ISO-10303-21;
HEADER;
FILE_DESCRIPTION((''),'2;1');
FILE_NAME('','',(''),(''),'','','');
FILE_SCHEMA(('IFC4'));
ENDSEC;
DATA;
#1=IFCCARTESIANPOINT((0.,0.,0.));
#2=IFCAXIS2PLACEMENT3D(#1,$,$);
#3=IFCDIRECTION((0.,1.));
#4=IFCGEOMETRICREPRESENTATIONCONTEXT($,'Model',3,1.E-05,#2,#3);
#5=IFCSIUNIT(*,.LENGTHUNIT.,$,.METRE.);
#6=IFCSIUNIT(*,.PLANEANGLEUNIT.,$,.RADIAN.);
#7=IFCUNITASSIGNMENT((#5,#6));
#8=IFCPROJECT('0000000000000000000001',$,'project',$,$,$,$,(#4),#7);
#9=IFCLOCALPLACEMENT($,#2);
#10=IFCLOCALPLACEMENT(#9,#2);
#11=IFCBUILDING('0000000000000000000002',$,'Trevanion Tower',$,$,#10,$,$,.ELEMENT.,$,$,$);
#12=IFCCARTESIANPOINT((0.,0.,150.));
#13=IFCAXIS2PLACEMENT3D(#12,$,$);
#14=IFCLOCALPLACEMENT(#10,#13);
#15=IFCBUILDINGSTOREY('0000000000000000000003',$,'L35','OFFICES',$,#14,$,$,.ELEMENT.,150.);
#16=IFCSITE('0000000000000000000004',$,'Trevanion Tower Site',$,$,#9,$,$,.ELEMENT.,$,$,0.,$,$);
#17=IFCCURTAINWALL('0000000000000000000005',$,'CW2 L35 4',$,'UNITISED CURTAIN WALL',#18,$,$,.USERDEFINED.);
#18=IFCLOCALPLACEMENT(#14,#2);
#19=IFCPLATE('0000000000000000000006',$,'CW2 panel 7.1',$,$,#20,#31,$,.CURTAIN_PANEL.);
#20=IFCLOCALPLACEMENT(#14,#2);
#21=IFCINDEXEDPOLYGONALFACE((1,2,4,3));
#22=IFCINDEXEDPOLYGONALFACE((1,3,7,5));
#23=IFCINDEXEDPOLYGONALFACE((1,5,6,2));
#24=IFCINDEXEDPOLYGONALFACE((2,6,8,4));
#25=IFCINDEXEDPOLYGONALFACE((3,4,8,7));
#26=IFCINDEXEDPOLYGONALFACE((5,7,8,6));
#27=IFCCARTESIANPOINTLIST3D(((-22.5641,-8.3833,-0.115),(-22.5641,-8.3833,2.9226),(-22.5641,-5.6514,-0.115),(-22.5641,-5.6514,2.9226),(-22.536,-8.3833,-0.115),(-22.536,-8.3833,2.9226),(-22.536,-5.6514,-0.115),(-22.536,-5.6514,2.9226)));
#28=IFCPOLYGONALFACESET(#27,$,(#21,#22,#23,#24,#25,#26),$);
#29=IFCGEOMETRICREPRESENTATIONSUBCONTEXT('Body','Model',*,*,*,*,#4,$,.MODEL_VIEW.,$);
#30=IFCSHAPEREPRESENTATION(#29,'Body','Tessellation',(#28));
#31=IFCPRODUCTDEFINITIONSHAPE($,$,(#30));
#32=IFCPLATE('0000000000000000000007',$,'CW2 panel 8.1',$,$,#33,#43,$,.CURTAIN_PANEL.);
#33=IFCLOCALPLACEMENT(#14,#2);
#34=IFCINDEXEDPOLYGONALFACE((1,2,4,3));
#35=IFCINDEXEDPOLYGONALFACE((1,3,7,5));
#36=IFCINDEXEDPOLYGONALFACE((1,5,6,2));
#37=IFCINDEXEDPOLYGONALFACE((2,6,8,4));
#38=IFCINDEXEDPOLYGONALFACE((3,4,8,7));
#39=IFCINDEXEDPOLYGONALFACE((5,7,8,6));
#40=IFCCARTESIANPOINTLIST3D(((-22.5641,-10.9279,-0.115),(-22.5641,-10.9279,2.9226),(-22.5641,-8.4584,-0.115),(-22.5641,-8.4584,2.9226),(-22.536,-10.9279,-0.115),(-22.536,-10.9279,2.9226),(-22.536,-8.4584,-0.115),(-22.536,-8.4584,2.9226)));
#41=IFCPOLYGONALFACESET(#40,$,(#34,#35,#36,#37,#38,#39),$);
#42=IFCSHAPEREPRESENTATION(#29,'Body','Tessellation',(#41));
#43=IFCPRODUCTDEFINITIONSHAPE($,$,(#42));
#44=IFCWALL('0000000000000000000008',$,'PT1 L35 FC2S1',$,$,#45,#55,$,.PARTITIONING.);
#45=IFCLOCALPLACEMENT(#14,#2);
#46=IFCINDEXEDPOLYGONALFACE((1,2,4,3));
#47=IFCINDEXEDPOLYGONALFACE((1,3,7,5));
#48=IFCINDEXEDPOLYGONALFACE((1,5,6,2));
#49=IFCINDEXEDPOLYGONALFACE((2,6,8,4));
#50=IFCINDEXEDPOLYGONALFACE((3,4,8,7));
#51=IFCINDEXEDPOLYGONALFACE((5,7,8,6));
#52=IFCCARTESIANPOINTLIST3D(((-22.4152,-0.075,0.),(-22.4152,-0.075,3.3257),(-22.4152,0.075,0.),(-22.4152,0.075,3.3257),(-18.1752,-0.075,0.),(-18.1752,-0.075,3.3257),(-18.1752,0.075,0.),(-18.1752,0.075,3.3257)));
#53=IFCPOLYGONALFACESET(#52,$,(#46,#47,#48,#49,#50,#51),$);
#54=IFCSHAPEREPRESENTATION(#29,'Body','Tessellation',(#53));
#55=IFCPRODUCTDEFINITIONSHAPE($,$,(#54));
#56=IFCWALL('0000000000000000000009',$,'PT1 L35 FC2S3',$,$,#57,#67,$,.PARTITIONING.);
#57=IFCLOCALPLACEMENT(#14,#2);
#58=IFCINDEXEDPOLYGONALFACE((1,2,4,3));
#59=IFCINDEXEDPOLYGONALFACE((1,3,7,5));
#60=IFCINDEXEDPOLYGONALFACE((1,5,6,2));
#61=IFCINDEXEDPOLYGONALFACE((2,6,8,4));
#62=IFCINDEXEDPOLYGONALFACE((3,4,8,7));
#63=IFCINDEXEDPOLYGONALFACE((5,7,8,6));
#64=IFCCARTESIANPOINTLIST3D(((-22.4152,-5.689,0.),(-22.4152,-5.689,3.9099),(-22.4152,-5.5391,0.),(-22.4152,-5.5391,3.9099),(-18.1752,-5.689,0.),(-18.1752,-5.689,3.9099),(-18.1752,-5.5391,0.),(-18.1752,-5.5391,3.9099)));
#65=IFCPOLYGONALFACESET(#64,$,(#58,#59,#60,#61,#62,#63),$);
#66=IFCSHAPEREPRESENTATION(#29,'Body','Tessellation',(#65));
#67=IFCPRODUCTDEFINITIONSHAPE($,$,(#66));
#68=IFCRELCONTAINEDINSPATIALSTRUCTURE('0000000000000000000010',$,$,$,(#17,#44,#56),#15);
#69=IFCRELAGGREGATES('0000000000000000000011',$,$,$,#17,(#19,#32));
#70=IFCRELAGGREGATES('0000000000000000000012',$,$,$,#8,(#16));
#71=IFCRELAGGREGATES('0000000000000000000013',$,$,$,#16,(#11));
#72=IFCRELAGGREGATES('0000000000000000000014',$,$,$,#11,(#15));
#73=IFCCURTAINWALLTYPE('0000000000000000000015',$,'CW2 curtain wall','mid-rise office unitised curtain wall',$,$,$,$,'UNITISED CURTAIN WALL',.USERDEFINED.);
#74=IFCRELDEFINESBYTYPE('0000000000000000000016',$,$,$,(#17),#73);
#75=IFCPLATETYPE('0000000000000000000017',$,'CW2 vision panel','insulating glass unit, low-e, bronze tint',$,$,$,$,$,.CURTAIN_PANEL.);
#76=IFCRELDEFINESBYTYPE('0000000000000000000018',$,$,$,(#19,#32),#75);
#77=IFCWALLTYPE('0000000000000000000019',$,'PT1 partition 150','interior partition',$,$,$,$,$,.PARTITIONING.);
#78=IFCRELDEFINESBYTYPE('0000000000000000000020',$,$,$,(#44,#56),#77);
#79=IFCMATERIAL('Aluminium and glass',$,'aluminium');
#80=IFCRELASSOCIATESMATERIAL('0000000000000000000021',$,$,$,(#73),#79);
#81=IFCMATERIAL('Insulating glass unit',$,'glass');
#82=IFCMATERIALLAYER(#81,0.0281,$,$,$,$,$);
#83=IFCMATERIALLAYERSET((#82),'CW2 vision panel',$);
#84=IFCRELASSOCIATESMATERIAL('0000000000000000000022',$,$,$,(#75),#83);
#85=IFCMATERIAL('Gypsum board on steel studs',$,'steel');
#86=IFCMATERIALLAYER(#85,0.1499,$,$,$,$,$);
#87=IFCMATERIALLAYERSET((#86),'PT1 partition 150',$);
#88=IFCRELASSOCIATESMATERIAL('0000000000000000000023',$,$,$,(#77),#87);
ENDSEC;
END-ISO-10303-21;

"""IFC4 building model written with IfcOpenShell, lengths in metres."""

from ifc_helpers import new_model, si_unit, direction, frame, frame_2d, origin, origin_2d, place, context, subcontext, project, spatial, rectangle, extrude, material, layer, layer_set, type_object, element, aggregate, save


model = new_model("IFC4")

# Units and contexts
model_context = context("Model", 3, precision=1e-05, world=origin(), true_north=direction((0.0, 1.0)))
body_context = subcontext(model_context, "Body", "Model", "MODEL_VIEW")
ifc_project = project(units=[si_unit("LENGTHUNIT", "METRE"), si_unit("PLANEANGLEUNIT", "RADIAN")], contexts=[model_context])

# Site, building, storey
site_placement = place(None, origin())
site = spatial("IfcSite", under=ifc_project, at=site_placement, Name="Trevanion Tower Site", CompositionType="ELEMENT", RefElevation=0.0)
building_placement = place(site_placement, origin())
building = spatial("IfcBuilding", under=site, at=building_placement, Name="Trevanion Tower", CompositionType="ELEMENT")
storey_placement = place(building_placement, frame((0.0, 0.0, 150.0)))
storey = spatial("IfcBuildingStorey", under=building, at=storey_placement, Name="L35", Description="OFFICES", CompositionType="ELEMENT", Elevation=150.0)

# Curtain wall
ifc_material_1 = material(Name="Aluminium and glass", Category="aluminium")
curtain_wall_type = type_object("IfcCurtainWallType", Name="CW2 curtain wall", Description="mid-rise office unitised curtain wall", ElementType="UNITISED CURTAIN WALL", PredefinedType="USERDEFINED", material=ifc_material_1)
curtain_wall_1_placement = place(storey_placement, origin())
curtain_wall_1 = element("IfcCurtainWall", 1, at=curtain_wall_1_placement, inside=storey, type_object=curtain_wall_type, Name="CW2 L35 4", ObjectType="UNITISED CURTAIN WALL", PredefinedType="USERDEFINED")

# Plates
ifc_material_2 = material(Name="Insulating glass unit", Category="glass")
ifc_layer_1 = layer(ifc_material_2, 0.0281)
ifc_layer_set_1 = layer_set([ifc_layer_1], Name="CW2 vision panel")
plate_type_1 = type_object("IfcPlateType", Name="CW2 vision panel", Description="insulating glass unit, low-e, bronze tint", PredefinedType="CURTAIN_PANEL", material=ifc_layer_set_1)
plate_1_placement = place(storey_placement, frame((-22.55, -7.0173, -0.115), z_axis=(0.0, 0.0, 1.0), x_axis=(0.0, -1.0, 0.0)))
plate_1 = element("IfcPlate", 2, at=plate_1_placement, type_object=plate_type_1, Name="CW2 panel 7.1", PredefinedType="CURTAIN_PANEL", context=body_context, shape_type="SweptSolid", body=[
    extrude(rectangle(XDim=2.7319, YDim=0.0281, at=origin_2d()), origin(), (0.0, 0.0, 1.0), 3.0376),
])
plate_2_placement = place(storey_placement, frame((-22.55, -9.6931, -0.115), z_axis=(0.0, 0.0, 1.0), x_axis=(0.0, -1.0, 0.0)))
plate_2 = element("IfcPlate", 3, at=plate_2_placement, type_object=plate_type_1, Name="CW2 panel 8.1", PredefinedType="CURTAIN_PANEL", context=body_context, shape_type="SweptSolid", body=[
    extrude(rectangle(XDim=2.4695, YDim=0.0281, at=origin_2d()), origin(), (0.0, 0.0, 1.0), 3.0376),
])
aggregate(curtain_wall_1, [plate_1, plate_2])

# Walls
ifc_material_3 = material(Name="Gypsum board on steel studs", Category="steel")
ifc_layer_2 = layer(ifc_material_3, 0.1499)
ifc_layer_set_2 = layer_set([ifc_layer_2], Name="PT1 partition 150")
wall_type = type_object("IfcWallType", Name="PT1 partition 150", Description="interior partition", PredefinedType="PARTITIONING", material=ifc_layer_set_2)
wall_1_placement = place(storey_placement, frame((-18.175, 0.0, 0.0), z_axis=(0.0, 0.0, 1.0), x_axis=(-1.0, 0.0, 0.0)))
element("IfcWall", 4, at=wall_1_placement, inside=storey, type_object=wall_type, Name="PT1 L35 FC2S1", PredefinedType="PARTITIONING", context=body_context, shape_type="SweptSolid", body=[
    extrude(rectangle(XDim=4.24, YDim=0.1499, at=frame_2d((2.1201, 0.0))), origin(), (0.0, 0.0, 1.0), 3.3257),
])
wall_2_placement = place(storey_placement, frame((-18.175, -5.614, 0.0), z_axis=(0.0, 0.0, 1.0), x_axis=(-1.0, 0.0, 0.0)))
element("IfcWall", 5, at=wall_2_placement, inside=storey, type_object=wall_type, Name="PT1 L35 FC2S3", PredefinedType="PARTITIONING", context=body_context, shape_type="SweptSolid", body=[
    extrude(rectangle(XDim=4.24, YDim=0.1499, at=frame_2d((2.1201, 0.0))), origin(), (0.0, 0.0, 1.0), 3.9099),
])

save(model, "model.ifc")
